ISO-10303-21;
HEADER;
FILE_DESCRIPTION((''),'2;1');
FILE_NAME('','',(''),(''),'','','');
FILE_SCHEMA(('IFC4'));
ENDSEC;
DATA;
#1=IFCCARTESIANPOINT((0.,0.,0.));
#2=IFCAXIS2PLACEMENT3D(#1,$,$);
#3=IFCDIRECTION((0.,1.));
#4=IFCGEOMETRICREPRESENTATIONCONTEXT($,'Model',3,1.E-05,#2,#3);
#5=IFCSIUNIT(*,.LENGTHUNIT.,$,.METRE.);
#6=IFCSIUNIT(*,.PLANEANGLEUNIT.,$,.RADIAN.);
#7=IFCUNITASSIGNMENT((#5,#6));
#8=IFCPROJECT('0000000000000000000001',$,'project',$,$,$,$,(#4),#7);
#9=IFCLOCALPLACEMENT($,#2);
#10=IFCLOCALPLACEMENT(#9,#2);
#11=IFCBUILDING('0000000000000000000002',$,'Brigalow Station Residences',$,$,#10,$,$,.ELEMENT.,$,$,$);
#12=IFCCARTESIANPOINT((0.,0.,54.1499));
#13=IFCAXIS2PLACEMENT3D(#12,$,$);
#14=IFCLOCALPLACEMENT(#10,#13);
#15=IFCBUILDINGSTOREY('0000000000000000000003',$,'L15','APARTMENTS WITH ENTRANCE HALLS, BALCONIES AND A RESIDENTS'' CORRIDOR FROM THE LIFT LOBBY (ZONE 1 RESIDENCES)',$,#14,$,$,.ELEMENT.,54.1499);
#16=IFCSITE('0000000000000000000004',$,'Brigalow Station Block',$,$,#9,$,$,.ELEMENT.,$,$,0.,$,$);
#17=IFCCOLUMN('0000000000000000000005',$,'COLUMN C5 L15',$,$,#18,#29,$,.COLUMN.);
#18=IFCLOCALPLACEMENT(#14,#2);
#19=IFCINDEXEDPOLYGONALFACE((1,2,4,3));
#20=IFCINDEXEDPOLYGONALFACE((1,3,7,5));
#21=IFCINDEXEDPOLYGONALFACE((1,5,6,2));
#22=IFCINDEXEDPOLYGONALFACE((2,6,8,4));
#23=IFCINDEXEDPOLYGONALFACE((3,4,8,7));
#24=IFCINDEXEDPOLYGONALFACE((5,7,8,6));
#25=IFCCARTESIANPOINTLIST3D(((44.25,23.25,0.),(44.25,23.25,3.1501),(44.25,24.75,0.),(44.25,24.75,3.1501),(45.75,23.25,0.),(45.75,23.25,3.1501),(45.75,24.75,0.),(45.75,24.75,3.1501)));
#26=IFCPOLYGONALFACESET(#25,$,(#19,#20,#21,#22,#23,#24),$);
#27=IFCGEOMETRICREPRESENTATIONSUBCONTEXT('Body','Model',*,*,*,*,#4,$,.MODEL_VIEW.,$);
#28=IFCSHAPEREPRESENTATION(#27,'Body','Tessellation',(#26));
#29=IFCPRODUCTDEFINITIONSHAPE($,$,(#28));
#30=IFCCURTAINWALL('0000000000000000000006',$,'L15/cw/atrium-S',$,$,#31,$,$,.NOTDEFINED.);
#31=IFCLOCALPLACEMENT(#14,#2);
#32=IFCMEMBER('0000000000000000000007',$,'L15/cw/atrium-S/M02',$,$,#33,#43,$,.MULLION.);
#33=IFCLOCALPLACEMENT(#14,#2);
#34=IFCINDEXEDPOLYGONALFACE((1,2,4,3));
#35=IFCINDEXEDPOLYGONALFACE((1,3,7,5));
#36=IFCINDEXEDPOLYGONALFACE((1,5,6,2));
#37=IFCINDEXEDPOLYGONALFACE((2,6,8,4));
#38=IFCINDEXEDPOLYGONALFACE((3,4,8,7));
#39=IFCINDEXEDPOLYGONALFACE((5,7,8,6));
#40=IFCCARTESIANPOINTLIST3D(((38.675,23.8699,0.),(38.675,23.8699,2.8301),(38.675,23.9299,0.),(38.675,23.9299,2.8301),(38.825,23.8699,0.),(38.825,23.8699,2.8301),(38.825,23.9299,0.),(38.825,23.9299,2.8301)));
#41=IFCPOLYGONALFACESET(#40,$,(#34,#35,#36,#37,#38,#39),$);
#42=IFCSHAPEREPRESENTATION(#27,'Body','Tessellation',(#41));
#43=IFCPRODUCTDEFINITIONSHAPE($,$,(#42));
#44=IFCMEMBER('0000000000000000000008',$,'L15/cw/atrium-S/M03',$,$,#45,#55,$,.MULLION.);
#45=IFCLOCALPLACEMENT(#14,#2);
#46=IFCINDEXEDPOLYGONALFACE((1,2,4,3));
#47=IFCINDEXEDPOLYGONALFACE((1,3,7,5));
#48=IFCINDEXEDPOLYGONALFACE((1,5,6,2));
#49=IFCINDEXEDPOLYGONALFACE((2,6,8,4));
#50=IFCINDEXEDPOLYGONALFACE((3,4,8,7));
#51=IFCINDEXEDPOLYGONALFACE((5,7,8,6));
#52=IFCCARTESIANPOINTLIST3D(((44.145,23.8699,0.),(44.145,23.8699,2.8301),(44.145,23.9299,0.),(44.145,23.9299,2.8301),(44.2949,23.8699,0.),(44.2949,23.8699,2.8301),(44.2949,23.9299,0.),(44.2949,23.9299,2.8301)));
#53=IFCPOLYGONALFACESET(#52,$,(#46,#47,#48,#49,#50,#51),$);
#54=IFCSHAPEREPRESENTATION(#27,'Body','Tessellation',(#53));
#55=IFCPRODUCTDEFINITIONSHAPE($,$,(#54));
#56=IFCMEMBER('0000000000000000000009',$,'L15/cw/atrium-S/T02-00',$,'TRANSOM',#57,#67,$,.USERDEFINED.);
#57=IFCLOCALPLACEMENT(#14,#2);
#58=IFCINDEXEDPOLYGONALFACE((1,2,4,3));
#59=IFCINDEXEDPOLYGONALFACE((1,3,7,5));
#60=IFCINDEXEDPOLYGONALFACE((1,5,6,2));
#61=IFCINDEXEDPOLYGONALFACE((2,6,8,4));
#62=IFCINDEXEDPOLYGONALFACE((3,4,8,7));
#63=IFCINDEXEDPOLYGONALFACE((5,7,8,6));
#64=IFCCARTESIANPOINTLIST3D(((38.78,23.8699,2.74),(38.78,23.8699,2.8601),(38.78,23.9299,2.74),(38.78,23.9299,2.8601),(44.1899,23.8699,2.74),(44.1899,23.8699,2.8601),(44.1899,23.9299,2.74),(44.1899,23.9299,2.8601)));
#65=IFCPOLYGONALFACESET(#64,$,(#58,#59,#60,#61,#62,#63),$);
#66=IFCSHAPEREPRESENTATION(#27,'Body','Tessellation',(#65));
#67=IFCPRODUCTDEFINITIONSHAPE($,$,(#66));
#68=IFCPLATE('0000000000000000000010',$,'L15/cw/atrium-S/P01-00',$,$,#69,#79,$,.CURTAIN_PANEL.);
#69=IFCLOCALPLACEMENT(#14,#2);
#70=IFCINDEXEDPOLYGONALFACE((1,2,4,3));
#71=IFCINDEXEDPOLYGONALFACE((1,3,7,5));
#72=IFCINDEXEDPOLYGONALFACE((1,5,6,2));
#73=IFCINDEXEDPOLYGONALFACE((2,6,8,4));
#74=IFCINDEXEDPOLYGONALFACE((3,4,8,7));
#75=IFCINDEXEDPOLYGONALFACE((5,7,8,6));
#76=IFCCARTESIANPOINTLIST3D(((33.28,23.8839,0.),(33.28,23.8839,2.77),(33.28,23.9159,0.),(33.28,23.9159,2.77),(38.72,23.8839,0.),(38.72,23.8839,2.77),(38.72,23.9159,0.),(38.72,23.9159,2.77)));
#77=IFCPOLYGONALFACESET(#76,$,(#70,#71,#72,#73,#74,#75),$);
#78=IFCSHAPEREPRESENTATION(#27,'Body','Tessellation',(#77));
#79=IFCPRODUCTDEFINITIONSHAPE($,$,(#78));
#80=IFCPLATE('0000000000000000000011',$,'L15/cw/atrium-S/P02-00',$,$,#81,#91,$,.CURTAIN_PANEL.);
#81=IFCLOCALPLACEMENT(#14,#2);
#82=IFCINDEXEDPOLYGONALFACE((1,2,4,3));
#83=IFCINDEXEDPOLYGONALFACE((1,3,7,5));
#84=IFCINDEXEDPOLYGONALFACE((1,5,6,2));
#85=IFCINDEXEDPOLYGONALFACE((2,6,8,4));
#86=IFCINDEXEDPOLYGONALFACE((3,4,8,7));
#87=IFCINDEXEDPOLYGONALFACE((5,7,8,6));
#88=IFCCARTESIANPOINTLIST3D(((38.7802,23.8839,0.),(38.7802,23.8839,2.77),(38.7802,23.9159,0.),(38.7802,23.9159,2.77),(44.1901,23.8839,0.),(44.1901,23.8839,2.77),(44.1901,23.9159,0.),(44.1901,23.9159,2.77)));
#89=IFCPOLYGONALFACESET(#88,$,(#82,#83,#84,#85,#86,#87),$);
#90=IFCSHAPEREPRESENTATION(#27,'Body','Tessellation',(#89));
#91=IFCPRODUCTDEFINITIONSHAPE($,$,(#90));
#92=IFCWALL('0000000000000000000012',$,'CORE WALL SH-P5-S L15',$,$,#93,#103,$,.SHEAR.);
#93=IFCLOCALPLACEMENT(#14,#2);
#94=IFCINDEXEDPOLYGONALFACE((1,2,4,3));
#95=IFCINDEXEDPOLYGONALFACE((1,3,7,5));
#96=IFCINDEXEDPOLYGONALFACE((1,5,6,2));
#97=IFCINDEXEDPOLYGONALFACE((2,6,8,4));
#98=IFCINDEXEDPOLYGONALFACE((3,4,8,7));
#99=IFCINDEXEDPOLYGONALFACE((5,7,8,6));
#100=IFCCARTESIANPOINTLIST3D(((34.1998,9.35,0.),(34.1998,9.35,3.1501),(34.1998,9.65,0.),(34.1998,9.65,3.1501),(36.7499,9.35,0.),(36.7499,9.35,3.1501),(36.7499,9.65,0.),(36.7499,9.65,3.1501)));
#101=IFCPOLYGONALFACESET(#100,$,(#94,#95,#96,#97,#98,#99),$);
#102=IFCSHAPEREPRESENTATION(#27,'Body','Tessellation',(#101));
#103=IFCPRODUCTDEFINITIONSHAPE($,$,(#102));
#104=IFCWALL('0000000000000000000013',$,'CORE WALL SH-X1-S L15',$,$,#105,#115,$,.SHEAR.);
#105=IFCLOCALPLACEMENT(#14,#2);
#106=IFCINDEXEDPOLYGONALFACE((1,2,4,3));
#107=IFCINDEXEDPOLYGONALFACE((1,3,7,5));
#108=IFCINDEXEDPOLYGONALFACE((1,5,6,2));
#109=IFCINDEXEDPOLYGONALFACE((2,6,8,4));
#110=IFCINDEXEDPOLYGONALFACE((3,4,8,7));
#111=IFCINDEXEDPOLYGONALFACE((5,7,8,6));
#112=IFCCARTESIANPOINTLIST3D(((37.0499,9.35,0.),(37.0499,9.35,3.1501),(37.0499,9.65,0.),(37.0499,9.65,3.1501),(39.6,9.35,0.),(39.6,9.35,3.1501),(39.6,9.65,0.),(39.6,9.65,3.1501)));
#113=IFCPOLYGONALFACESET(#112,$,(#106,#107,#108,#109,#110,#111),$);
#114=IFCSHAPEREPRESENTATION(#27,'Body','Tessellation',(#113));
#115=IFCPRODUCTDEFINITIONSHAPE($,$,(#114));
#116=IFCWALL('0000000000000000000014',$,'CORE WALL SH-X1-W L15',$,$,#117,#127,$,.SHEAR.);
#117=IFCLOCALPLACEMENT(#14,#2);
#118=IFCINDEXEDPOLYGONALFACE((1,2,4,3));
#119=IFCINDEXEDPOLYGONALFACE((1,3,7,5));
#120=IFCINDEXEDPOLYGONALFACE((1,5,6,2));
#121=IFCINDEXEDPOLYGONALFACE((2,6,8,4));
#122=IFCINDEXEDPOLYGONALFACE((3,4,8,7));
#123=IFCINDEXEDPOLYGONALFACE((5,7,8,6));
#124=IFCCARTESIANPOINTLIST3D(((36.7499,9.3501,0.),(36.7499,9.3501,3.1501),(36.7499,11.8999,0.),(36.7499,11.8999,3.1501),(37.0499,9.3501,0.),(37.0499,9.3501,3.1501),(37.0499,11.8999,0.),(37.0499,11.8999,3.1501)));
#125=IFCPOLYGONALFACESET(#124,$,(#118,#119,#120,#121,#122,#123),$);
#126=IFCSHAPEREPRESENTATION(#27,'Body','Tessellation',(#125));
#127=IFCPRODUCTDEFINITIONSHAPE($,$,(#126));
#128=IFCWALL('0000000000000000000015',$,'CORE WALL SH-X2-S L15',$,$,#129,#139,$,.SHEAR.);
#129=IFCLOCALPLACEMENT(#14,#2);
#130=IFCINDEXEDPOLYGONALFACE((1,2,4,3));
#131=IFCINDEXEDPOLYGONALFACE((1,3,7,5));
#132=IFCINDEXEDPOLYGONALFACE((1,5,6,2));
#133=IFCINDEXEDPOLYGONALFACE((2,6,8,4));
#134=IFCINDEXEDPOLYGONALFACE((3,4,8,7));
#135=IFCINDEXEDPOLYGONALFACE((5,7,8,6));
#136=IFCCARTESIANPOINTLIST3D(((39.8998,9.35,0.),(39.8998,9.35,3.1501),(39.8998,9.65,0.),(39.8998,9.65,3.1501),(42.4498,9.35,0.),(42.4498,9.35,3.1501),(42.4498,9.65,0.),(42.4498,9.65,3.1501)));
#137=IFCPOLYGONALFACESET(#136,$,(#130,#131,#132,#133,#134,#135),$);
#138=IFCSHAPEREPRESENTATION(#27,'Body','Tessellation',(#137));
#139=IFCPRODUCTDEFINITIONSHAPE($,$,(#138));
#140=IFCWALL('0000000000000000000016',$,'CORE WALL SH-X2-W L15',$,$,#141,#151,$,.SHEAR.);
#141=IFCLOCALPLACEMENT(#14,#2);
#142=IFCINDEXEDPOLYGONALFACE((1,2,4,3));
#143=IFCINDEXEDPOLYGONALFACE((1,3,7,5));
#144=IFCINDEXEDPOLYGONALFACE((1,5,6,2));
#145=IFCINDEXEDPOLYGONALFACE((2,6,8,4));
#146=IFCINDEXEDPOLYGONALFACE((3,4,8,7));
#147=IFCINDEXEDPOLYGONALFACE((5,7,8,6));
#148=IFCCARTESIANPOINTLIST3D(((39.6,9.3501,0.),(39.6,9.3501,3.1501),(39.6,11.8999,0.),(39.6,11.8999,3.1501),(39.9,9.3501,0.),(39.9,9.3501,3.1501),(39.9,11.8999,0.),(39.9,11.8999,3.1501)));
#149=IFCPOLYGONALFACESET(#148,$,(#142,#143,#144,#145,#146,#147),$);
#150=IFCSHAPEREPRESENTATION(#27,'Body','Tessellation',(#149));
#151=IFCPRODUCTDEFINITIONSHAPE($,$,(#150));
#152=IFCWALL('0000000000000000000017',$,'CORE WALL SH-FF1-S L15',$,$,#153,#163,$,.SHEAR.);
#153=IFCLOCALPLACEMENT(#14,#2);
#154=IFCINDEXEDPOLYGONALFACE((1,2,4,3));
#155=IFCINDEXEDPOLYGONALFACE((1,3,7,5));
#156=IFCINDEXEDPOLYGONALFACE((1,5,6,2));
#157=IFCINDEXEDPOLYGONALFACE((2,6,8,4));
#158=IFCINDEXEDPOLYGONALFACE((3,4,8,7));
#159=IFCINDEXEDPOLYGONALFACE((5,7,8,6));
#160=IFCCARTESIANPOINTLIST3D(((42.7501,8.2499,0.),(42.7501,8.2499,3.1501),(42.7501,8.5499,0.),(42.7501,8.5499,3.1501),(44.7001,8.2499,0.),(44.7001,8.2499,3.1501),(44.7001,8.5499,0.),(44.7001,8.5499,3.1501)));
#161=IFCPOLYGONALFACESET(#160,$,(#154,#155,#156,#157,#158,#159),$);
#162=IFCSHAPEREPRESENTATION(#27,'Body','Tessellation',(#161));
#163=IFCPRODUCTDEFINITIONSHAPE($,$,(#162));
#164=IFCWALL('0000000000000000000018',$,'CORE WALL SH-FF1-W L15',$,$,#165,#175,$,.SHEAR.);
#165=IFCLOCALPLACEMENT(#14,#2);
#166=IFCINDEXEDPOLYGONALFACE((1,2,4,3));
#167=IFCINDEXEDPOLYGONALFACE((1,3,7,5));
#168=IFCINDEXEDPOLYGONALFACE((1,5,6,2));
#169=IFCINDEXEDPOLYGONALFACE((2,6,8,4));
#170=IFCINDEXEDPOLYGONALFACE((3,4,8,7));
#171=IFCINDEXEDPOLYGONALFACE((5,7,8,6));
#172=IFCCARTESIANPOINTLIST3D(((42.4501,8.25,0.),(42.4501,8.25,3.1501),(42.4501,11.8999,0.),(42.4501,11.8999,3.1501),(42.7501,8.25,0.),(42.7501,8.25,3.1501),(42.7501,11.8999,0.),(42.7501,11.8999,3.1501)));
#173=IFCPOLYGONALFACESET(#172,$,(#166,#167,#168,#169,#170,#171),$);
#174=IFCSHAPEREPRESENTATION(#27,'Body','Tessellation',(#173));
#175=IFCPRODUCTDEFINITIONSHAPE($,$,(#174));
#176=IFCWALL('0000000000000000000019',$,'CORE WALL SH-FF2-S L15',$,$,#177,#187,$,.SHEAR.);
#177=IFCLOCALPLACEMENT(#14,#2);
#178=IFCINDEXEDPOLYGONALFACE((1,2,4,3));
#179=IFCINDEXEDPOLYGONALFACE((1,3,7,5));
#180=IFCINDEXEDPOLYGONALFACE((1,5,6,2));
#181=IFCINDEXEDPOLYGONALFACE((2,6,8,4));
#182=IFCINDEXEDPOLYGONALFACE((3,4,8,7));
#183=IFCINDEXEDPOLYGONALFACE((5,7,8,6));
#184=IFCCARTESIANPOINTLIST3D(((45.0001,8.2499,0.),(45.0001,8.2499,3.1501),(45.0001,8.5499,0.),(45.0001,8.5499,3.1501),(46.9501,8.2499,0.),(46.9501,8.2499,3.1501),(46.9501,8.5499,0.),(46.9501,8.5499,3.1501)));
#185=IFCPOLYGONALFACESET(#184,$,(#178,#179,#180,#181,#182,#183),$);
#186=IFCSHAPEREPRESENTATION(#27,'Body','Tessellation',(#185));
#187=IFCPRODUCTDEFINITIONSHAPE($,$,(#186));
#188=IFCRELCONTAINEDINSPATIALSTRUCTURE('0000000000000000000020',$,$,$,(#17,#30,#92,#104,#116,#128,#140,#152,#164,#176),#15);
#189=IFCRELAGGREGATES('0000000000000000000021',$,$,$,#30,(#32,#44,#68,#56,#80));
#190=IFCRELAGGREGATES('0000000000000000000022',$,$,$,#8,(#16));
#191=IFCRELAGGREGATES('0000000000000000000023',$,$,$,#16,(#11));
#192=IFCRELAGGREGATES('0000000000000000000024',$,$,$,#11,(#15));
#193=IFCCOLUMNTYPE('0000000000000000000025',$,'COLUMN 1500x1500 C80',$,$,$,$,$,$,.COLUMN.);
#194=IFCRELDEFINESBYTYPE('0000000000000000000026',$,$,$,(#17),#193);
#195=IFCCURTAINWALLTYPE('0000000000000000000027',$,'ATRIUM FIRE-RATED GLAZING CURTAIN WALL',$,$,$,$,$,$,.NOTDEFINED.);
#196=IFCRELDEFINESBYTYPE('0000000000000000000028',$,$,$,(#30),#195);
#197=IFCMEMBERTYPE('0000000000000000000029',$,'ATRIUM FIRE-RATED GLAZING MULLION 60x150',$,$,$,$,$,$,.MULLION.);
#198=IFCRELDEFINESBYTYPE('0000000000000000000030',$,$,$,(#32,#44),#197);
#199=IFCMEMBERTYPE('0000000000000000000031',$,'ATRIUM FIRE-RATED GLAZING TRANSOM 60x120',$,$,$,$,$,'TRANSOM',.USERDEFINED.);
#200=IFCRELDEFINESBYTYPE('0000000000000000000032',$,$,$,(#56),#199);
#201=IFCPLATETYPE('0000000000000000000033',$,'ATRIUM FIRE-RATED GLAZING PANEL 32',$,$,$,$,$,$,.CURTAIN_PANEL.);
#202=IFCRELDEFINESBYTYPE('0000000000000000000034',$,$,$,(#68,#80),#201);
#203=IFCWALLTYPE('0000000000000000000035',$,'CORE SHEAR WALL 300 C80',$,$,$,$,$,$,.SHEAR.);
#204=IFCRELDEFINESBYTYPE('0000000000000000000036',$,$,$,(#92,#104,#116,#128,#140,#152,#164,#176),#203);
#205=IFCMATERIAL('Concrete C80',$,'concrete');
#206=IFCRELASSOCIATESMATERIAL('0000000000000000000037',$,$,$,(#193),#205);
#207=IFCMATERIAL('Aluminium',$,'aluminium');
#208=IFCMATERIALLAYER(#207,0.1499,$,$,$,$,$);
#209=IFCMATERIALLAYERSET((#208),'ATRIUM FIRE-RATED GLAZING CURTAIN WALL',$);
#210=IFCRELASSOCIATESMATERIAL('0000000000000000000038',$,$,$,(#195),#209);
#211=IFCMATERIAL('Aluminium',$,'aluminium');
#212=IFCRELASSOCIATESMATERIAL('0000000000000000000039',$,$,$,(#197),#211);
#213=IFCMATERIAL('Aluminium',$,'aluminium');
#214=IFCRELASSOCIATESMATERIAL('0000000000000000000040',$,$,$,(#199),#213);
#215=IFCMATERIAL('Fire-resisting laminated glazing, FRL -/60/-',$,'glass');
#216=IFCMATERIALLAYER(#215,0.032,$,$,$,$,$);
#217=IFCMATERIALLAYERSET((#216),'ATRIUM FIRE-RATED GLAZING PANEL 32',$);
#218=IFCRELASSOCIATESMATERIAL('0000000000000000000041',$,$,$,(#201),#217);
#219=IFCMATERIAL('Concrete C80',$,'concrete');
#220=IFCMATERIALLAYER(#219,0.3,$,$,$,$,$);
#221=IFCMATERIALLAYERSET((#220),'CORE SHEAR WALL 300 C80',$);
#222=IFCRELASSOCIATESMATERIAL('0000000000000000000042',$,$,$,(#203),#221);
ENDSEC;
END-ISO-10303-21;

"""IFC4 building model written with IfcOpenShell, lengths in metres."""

from ifc_helpers import new_model, si_unit, direction, frame, frame_2d, origin, origin_2d, place, context, subcontext, project, spatial, rectangle, extrude, material, layer, layer_set, material_profile, profile_set, type_object, element, aggregate, save


model = new_model("IFC4")

# Units and contexts
model_context = context("Model", 3, precision=1e-05, world=origin(), true_north=direction((0.0, 1.0)))
body_context = subcontext(model_context, "Body", "Model", "MODEL_VIEW")
ifc_project = project(units=[si_unit("LENGTHUNIT", "METRE"), si_unit("PLANEANGLEUNIT", "RADIAN")], contexts=[model_context])

# Site, building, storey
site_placement = place(None, origin())
site = spatial("IfcSite", under=ifc_project, at=site_placement, Name="Brigalow Station Block", CompositionType="ELEMENT", RefElevation=0.0)
building_placement = place(site_placement, origin())
building = spatial("IfcBuilding", under=site, at=building_placement, Name="Brigalow Station Residences", CompositionType="ELEMENT")
storey_placement = place(building_placement, frame((0.0, 0.0, 54.1499)))
storey = spatial("IfcBuildingStorey", under=building, at=storey_placement, Name="L15", Description="APARTMENTS WITH ENTRANCE HALLS, BALCONIES AND A RESIDENTS' CORRIDOR FROM THE LIFT LOBBY (ZONE 1 RESIDENCES)", CompositionType="ELEMENT", Elevation=54.1499)

# Column
ifc_material_1 = material(Name="Concrete C80", Category="concrete")
ifc_material_profile_1 = material_profile(ifc_material_1, rectangle(XDim=1.5, YDim=1.5, at=origin_2d()), Name="RC1500x1500")
ifc_profile_set_1 = profile_set([ifc_material_profile_1], Name="Concrete C80")
column_type = type_object("IfcColumnType", Name="COLUMN 1500x1500 C80", PredefinedType="COLUMN", material=ifc_profile_set_1)
column_placement = place(storey_placement, frame((45.0, 24.0, 0.0), z_axis=(0.0, 0.0, 1.0), x_axis=(1.0, 0.0, 0.0)))
element("IfcColumn", 1, at=column_placement, inside=storey, type_object=column_type, Name="COLUMN C5 L15", PredefinedType="COLUMN", context=body_context, shape_type="SweptSolid", body=[
    extrude(rectangle(XDim=1.5, YDim=1.5, at=origin_2d()), origin(), (0.0, 0.0, 1.0), 3.1501),
])

# Curtain wall, members, plates
ifc_material_2 = material(Name="Aluminium", Category="aluminium")
ifc_layer_1 = layer(ifc_material_2, 0.1499)
ifc_layer_set_1 = layer_set([ifc_layer_1], Name="ATRIUM FIRE-RATED GLAZING CURTAIN WALL")
curtain_wall_type = type_object("IfcCurtainWallType", Name="ATRIUM FIRE-RATED GLAZING CURTAIN WALL", PredefinedType="NOTDEFINED", material=ifc_layer_set_1)
curtain_wall_placement = place(storey_placement, origin())
curtain_wall = element("IfcCurtainWall", 2, at=curtain_wall_placement, inside=storey, type_object=curtain_wall_type, Name="L15/cw/atrium-S", PredefinedType="NOTDEFINED")
ifc_material_3 = material(Name="Aluminium", Category="aluminium")
ifc_material_profile_2 = material_profile(ifc_material_3, rectangle(XDim=0.0601, YDim=0.1499, at=origin_2d()), Name="ATRIUM FIRE-RATED GLAZING MULLION 60x150")
ifc_profile_set_2 = profile_set([ifc_material_profile_2], Name="Aluminium")
member_type_1 = type_object("IfcMemberType", Name="ATRIUM FIRE-RATED GLAZING MULLION 60x150", PredefinedType="MULLION", material=ifc_profile_set_2)
member_1_placement = place(storey_placement, frame((38.75, 23.8999, 0.0), z_axis=(0.0, 0.0, 1.0), x_axis=(0.0, 1.0, 0.0)))
member_1 = element("IfcMember", 3, at=member_1_placement, type_object=member_type_1, Name="L15/cw/atrium-S/M02", PredefinedType="MULLION", context=body_context, shape_type="SweptSolid", body=[
    extrude(rectangle(XDim=0.0601, YDim=0.1499, at=origin_2d()), origin(), (0.0, 0.0, 1.0), 2.8301),
])
member_2_placement = place(storey_placement, frame((44.22, 23.8999, 0.0), z_axis=(0.0, 0.0, 1.0), x_axis=(0.0, 1.0, 0.0)))
member_2 = element("IfcMember", 4, at=member_2_placement, type_object=member_type_1, Name="L15/cw/atrium-S/M03", PredefinedType="MULLION", context=body_context, shape_type="SweptSolid", body=[
    extrude(rectangle(XDim=0.0601, YDim=0.1499, at=origin_2d()), origin(), (0.0, 0.0, 1.0), 2.8301),
])
ifc_material_4 = material(Name="Aluminium", Category="aluminium")
ifc_material_profile_3 = material_profile(ifc_material_4, rectangle(XDim=0.0601, YDim=0.1201, at=origin_2d()), Name="ATRIUM FIRE-RATED GLAZING TRANSOM 60x120")
ifc_profile_set_3 = profile_set([ifc_material_profile_3], Name="Aluminium")
member_type_2 = type_object("IfcMemberType", Name="ATRIUM FIRE-RATED GLAZING TRANSOM 60x120", ElementType="TRANSOM", PredefinedType="USERDEFINED", material=ifc_profile_set_3)
member_3_placement = place(storey_placement, frame((38.78, 23.8999, 2.8), z_axis=(1.0, 0.0, 0.0), x_axis=(0.0, 1.0, 0.0)))
member_3 = element("IfcMember", 5, at=member_3_placement, type_object=member_type_2, Name="L15/cw/atrium-S/T02-00", ObjectType="TRANSOM", PredefinedType="USERDEFINED", context=body_context, shape_type="SweptSolid", body=[
    extrude(rectangle(XDim=0.0601, YDim=0.1201, at=origin_2d()), origin(), (0.0, 0.0, 1.0), 5.4099),
])
ifc_material_5 = material(Name="Fire-resisting laminated glazing, FRL -/60/-", Category="glass")
ifc_layer_2 = layer(ifc_material_5, 0.032)
ifc_layer_set_2 = layer_set([ifc_layer_2], Name="ATRIUM FIRE-RATED GLAZING PANEL 32")
plate_type = type_object("IfcPlateType", Name="ATRIUM FIRE-RATED GLAZING PANEL 32", PredefinedType="CURTAIN_PANEL", material=ifc_layer_set_2)
plate_1_placement = place(storey_placement, frame((36.0, 23.8999, 0.0), z_axis=(0.0, 0.0, 1.0), x_axis=(1.0, 0.0, 0.0)))
plate_1 = element("IfcPlate", 6, at=plate_1_placement, type_object=plate_type, Name="L15/cw/atrium-S/P01-00", PredefinedType="CURTAIN_PANEL", context=body_context, shape_type="SweptSolid", body=[
    extrude(rectangle(XDim=5.4399, YDim=0.032, at=origin_2d()), origin(), (0.0, 0.0, 1.0), 2.77),
])
plate_2_placement = place(storey_placement, frame((41.4851, 23.8999, 0.0), z_axis=(0.0, 0.0, 1.0), x_axis=(1.0, 0.0, 0.0)))
plate_2 = element("IfcPlate", 7, at=plate_2_placement, type_object=plate_type, Name="L15/cw/atrium-S/P02-00", PredefinedType="CURTAIN_PANEL", context=body_context, shape_type="SweptSolid", body=[
    extrude(rectangle(XDim=5.4099, YDim=0.032, at=origin_2d()), origin(), (0.0, 0.0, 1.0), 2.77),
])
aggregate(curtain_wall, [member_1, member_2, plate_1, member_3, plate_2])

# Walls
ifc_material_6 = material(Name="Concrete C80", Category="concrete")
ifc_layer_3 = layer(ifc_material_6, 0.3)
ifc_layer_set_3 = layer_set([ifc_layer_3], Name="CORE SHEAR WALL 300 C80")
wall_type_1 = type_object("IfcWallType", Name="CORE SHEAR WALL 300 C80", PredefinedType="SHEAR", material=ifc_layer_set_3)
for number, where, z_axis, x_axis, name in (
    (8, (34.2, 9.5, 0.0), (0.0, 0.0, 1.0), (1.0, 0.0, 0.0), "CORE WALL SH-P5-S L15"),
    (9, (37.05, 9.5, 0.0), (0.0, 0.0, 1.0), (1.0, 0.0, 0.0), "CORE WALL SH-X1-S L15"),
):
    element("IfcWall", number, at=place(storey_placement, frame(where, z_axis=z_axis, x_axis=x_axis)), inside=storey, type_object=wall_type_1, Name=name, PredefinedType="SHEAR", context=body_context, shape_type="SweptSolid", body=[
        extrude(rectangle(XDim=2.55, YDim=0.3, at=frame_2d((1.2749, 0.0))), origin(), (0.0, 0.0, 1.0), 3.1501),
    ])
wall_1_placement = place(storey_placement, frame((36.8999, 9.3501, 0.0), z_axis=(0.0, 0.0, 1.0), x_axis=(0.0, 1.0, 0.0)))
element("IfcWall", 10, at=wall_1_placement, inside=storey, type_object=wall_type_1, Name="CORE WALL SH-X1-W L15", PredefinedType="SHEAR", context=body_context, shape_type="SweptSolid", body=[
    extrude(rectangle(XDim=2.5498, YDim=0.3, at=frame_2d((1.2749, 0.0))), origin(), (0.0, 0.0, 1.0), 3.1501),
])
wall_2_placement = place(storey_placement, frame((39.8999, 9.5, 0.0), z_axis=(0.0, 0.0, 1.0), x_axis=(1.0, 0.0, 0.0)))
element("IfcWall", 11, at=wall_2_placement, inside=storey, type_object=wall_type_1, Name="CORE WALL SH-X2-S L15", PredefinedType="SHEAR", context=body_context, shape_type="SweptSolid", body=[
    extrude(rectangle(XDim=2.55, YDim=0.3, at=frame_2d((1.2749, 0.0))), origin(), (0.0, 0.0, 1.0), 3.1501),
])
wall_3_placement = place(storey_placement, frame((39.75, 9.3501, 0.0), z_axis=(0.0, 0.0, 1.0), x_axis=(0.0, 1.0, 0.0)))
element("IfcWall", 12, at=wall_3_placement, inside=storey, type_object=wall_type_1, Name="CORE WALL SH-X2-W L15", PredefinedType="SHEAR", context=body_context, shape_type="SweptSolid", body=[
    extrude(rectangle(XDim=2.5498, YDim=0.3, at=frame_2d((1.2749, 0.0))), origin(), (0.0, 0.0, 1.0), 3.1501),
])
wall_4_placement = place(storey_placement, frame((42.75, 8.3999, 0.0), z_axis=(0.0, 0.0, 1.0), x_axis=(1.0, 0.0, 0.0)))
element("IfcWall", 13, at=wall_4_placement, inside=storey, type_object=wall_type_1, Name="CORE WALL SH-FF1-S L15", PredefinedType="SHEAR", context=body_context, shape_type="SweptSolid", body=[
    extrude(rectangle(XDim=1.95, YDim=0.3, at=frame_2d((0.9751, 0.0))), origin(), (0.0, 0.0, 1.0), 3.1501),
])
wall_5_placement = place(storey_placement, frame((42.6001, 8.25, 0.0), z_axis=(0.0, 0.0, 1.0), x_axis=(0.0, 1.0, 0.0)))
element("IfcWall", 14, at=wall_5_placement, inside=storey, type_object=wall_type_1, Name="CORE WALL SH-FF1-W L15", PredefinedType="SHEAR", context=body_context, shape_type="SweptSolid", body=[
    extrude(rectangle(XDim=3.6499, YDim=0.3, at=frame_2d((1.825, 0.0))), origin(), (0.0, 0.0, 1.0), 3.1501),
])
wall_6_placement = place(storey_placement, frame((45.0, 8.3999, 0.0), z_axis=(0.0, 0.0, 1.0), x_axis=(1.0, 0.0, 0.0)))
element("IfcWall", 15, at=wall_6_placement, inside=storey, type_object=wall_type_1, Name="CORE WALL SH-FF2-S L15", PredefinedType="SHEAR", context=body_context, shape_type="SweptSolid", body=[
    extrude(rectangle(XDim=1.95, YDim=0.3, at=frame_2d((0.9751, 0.0))), origin(), (0.0, 0.0, 1.0), 3.1501),
])

save(model, "model.ifc")
